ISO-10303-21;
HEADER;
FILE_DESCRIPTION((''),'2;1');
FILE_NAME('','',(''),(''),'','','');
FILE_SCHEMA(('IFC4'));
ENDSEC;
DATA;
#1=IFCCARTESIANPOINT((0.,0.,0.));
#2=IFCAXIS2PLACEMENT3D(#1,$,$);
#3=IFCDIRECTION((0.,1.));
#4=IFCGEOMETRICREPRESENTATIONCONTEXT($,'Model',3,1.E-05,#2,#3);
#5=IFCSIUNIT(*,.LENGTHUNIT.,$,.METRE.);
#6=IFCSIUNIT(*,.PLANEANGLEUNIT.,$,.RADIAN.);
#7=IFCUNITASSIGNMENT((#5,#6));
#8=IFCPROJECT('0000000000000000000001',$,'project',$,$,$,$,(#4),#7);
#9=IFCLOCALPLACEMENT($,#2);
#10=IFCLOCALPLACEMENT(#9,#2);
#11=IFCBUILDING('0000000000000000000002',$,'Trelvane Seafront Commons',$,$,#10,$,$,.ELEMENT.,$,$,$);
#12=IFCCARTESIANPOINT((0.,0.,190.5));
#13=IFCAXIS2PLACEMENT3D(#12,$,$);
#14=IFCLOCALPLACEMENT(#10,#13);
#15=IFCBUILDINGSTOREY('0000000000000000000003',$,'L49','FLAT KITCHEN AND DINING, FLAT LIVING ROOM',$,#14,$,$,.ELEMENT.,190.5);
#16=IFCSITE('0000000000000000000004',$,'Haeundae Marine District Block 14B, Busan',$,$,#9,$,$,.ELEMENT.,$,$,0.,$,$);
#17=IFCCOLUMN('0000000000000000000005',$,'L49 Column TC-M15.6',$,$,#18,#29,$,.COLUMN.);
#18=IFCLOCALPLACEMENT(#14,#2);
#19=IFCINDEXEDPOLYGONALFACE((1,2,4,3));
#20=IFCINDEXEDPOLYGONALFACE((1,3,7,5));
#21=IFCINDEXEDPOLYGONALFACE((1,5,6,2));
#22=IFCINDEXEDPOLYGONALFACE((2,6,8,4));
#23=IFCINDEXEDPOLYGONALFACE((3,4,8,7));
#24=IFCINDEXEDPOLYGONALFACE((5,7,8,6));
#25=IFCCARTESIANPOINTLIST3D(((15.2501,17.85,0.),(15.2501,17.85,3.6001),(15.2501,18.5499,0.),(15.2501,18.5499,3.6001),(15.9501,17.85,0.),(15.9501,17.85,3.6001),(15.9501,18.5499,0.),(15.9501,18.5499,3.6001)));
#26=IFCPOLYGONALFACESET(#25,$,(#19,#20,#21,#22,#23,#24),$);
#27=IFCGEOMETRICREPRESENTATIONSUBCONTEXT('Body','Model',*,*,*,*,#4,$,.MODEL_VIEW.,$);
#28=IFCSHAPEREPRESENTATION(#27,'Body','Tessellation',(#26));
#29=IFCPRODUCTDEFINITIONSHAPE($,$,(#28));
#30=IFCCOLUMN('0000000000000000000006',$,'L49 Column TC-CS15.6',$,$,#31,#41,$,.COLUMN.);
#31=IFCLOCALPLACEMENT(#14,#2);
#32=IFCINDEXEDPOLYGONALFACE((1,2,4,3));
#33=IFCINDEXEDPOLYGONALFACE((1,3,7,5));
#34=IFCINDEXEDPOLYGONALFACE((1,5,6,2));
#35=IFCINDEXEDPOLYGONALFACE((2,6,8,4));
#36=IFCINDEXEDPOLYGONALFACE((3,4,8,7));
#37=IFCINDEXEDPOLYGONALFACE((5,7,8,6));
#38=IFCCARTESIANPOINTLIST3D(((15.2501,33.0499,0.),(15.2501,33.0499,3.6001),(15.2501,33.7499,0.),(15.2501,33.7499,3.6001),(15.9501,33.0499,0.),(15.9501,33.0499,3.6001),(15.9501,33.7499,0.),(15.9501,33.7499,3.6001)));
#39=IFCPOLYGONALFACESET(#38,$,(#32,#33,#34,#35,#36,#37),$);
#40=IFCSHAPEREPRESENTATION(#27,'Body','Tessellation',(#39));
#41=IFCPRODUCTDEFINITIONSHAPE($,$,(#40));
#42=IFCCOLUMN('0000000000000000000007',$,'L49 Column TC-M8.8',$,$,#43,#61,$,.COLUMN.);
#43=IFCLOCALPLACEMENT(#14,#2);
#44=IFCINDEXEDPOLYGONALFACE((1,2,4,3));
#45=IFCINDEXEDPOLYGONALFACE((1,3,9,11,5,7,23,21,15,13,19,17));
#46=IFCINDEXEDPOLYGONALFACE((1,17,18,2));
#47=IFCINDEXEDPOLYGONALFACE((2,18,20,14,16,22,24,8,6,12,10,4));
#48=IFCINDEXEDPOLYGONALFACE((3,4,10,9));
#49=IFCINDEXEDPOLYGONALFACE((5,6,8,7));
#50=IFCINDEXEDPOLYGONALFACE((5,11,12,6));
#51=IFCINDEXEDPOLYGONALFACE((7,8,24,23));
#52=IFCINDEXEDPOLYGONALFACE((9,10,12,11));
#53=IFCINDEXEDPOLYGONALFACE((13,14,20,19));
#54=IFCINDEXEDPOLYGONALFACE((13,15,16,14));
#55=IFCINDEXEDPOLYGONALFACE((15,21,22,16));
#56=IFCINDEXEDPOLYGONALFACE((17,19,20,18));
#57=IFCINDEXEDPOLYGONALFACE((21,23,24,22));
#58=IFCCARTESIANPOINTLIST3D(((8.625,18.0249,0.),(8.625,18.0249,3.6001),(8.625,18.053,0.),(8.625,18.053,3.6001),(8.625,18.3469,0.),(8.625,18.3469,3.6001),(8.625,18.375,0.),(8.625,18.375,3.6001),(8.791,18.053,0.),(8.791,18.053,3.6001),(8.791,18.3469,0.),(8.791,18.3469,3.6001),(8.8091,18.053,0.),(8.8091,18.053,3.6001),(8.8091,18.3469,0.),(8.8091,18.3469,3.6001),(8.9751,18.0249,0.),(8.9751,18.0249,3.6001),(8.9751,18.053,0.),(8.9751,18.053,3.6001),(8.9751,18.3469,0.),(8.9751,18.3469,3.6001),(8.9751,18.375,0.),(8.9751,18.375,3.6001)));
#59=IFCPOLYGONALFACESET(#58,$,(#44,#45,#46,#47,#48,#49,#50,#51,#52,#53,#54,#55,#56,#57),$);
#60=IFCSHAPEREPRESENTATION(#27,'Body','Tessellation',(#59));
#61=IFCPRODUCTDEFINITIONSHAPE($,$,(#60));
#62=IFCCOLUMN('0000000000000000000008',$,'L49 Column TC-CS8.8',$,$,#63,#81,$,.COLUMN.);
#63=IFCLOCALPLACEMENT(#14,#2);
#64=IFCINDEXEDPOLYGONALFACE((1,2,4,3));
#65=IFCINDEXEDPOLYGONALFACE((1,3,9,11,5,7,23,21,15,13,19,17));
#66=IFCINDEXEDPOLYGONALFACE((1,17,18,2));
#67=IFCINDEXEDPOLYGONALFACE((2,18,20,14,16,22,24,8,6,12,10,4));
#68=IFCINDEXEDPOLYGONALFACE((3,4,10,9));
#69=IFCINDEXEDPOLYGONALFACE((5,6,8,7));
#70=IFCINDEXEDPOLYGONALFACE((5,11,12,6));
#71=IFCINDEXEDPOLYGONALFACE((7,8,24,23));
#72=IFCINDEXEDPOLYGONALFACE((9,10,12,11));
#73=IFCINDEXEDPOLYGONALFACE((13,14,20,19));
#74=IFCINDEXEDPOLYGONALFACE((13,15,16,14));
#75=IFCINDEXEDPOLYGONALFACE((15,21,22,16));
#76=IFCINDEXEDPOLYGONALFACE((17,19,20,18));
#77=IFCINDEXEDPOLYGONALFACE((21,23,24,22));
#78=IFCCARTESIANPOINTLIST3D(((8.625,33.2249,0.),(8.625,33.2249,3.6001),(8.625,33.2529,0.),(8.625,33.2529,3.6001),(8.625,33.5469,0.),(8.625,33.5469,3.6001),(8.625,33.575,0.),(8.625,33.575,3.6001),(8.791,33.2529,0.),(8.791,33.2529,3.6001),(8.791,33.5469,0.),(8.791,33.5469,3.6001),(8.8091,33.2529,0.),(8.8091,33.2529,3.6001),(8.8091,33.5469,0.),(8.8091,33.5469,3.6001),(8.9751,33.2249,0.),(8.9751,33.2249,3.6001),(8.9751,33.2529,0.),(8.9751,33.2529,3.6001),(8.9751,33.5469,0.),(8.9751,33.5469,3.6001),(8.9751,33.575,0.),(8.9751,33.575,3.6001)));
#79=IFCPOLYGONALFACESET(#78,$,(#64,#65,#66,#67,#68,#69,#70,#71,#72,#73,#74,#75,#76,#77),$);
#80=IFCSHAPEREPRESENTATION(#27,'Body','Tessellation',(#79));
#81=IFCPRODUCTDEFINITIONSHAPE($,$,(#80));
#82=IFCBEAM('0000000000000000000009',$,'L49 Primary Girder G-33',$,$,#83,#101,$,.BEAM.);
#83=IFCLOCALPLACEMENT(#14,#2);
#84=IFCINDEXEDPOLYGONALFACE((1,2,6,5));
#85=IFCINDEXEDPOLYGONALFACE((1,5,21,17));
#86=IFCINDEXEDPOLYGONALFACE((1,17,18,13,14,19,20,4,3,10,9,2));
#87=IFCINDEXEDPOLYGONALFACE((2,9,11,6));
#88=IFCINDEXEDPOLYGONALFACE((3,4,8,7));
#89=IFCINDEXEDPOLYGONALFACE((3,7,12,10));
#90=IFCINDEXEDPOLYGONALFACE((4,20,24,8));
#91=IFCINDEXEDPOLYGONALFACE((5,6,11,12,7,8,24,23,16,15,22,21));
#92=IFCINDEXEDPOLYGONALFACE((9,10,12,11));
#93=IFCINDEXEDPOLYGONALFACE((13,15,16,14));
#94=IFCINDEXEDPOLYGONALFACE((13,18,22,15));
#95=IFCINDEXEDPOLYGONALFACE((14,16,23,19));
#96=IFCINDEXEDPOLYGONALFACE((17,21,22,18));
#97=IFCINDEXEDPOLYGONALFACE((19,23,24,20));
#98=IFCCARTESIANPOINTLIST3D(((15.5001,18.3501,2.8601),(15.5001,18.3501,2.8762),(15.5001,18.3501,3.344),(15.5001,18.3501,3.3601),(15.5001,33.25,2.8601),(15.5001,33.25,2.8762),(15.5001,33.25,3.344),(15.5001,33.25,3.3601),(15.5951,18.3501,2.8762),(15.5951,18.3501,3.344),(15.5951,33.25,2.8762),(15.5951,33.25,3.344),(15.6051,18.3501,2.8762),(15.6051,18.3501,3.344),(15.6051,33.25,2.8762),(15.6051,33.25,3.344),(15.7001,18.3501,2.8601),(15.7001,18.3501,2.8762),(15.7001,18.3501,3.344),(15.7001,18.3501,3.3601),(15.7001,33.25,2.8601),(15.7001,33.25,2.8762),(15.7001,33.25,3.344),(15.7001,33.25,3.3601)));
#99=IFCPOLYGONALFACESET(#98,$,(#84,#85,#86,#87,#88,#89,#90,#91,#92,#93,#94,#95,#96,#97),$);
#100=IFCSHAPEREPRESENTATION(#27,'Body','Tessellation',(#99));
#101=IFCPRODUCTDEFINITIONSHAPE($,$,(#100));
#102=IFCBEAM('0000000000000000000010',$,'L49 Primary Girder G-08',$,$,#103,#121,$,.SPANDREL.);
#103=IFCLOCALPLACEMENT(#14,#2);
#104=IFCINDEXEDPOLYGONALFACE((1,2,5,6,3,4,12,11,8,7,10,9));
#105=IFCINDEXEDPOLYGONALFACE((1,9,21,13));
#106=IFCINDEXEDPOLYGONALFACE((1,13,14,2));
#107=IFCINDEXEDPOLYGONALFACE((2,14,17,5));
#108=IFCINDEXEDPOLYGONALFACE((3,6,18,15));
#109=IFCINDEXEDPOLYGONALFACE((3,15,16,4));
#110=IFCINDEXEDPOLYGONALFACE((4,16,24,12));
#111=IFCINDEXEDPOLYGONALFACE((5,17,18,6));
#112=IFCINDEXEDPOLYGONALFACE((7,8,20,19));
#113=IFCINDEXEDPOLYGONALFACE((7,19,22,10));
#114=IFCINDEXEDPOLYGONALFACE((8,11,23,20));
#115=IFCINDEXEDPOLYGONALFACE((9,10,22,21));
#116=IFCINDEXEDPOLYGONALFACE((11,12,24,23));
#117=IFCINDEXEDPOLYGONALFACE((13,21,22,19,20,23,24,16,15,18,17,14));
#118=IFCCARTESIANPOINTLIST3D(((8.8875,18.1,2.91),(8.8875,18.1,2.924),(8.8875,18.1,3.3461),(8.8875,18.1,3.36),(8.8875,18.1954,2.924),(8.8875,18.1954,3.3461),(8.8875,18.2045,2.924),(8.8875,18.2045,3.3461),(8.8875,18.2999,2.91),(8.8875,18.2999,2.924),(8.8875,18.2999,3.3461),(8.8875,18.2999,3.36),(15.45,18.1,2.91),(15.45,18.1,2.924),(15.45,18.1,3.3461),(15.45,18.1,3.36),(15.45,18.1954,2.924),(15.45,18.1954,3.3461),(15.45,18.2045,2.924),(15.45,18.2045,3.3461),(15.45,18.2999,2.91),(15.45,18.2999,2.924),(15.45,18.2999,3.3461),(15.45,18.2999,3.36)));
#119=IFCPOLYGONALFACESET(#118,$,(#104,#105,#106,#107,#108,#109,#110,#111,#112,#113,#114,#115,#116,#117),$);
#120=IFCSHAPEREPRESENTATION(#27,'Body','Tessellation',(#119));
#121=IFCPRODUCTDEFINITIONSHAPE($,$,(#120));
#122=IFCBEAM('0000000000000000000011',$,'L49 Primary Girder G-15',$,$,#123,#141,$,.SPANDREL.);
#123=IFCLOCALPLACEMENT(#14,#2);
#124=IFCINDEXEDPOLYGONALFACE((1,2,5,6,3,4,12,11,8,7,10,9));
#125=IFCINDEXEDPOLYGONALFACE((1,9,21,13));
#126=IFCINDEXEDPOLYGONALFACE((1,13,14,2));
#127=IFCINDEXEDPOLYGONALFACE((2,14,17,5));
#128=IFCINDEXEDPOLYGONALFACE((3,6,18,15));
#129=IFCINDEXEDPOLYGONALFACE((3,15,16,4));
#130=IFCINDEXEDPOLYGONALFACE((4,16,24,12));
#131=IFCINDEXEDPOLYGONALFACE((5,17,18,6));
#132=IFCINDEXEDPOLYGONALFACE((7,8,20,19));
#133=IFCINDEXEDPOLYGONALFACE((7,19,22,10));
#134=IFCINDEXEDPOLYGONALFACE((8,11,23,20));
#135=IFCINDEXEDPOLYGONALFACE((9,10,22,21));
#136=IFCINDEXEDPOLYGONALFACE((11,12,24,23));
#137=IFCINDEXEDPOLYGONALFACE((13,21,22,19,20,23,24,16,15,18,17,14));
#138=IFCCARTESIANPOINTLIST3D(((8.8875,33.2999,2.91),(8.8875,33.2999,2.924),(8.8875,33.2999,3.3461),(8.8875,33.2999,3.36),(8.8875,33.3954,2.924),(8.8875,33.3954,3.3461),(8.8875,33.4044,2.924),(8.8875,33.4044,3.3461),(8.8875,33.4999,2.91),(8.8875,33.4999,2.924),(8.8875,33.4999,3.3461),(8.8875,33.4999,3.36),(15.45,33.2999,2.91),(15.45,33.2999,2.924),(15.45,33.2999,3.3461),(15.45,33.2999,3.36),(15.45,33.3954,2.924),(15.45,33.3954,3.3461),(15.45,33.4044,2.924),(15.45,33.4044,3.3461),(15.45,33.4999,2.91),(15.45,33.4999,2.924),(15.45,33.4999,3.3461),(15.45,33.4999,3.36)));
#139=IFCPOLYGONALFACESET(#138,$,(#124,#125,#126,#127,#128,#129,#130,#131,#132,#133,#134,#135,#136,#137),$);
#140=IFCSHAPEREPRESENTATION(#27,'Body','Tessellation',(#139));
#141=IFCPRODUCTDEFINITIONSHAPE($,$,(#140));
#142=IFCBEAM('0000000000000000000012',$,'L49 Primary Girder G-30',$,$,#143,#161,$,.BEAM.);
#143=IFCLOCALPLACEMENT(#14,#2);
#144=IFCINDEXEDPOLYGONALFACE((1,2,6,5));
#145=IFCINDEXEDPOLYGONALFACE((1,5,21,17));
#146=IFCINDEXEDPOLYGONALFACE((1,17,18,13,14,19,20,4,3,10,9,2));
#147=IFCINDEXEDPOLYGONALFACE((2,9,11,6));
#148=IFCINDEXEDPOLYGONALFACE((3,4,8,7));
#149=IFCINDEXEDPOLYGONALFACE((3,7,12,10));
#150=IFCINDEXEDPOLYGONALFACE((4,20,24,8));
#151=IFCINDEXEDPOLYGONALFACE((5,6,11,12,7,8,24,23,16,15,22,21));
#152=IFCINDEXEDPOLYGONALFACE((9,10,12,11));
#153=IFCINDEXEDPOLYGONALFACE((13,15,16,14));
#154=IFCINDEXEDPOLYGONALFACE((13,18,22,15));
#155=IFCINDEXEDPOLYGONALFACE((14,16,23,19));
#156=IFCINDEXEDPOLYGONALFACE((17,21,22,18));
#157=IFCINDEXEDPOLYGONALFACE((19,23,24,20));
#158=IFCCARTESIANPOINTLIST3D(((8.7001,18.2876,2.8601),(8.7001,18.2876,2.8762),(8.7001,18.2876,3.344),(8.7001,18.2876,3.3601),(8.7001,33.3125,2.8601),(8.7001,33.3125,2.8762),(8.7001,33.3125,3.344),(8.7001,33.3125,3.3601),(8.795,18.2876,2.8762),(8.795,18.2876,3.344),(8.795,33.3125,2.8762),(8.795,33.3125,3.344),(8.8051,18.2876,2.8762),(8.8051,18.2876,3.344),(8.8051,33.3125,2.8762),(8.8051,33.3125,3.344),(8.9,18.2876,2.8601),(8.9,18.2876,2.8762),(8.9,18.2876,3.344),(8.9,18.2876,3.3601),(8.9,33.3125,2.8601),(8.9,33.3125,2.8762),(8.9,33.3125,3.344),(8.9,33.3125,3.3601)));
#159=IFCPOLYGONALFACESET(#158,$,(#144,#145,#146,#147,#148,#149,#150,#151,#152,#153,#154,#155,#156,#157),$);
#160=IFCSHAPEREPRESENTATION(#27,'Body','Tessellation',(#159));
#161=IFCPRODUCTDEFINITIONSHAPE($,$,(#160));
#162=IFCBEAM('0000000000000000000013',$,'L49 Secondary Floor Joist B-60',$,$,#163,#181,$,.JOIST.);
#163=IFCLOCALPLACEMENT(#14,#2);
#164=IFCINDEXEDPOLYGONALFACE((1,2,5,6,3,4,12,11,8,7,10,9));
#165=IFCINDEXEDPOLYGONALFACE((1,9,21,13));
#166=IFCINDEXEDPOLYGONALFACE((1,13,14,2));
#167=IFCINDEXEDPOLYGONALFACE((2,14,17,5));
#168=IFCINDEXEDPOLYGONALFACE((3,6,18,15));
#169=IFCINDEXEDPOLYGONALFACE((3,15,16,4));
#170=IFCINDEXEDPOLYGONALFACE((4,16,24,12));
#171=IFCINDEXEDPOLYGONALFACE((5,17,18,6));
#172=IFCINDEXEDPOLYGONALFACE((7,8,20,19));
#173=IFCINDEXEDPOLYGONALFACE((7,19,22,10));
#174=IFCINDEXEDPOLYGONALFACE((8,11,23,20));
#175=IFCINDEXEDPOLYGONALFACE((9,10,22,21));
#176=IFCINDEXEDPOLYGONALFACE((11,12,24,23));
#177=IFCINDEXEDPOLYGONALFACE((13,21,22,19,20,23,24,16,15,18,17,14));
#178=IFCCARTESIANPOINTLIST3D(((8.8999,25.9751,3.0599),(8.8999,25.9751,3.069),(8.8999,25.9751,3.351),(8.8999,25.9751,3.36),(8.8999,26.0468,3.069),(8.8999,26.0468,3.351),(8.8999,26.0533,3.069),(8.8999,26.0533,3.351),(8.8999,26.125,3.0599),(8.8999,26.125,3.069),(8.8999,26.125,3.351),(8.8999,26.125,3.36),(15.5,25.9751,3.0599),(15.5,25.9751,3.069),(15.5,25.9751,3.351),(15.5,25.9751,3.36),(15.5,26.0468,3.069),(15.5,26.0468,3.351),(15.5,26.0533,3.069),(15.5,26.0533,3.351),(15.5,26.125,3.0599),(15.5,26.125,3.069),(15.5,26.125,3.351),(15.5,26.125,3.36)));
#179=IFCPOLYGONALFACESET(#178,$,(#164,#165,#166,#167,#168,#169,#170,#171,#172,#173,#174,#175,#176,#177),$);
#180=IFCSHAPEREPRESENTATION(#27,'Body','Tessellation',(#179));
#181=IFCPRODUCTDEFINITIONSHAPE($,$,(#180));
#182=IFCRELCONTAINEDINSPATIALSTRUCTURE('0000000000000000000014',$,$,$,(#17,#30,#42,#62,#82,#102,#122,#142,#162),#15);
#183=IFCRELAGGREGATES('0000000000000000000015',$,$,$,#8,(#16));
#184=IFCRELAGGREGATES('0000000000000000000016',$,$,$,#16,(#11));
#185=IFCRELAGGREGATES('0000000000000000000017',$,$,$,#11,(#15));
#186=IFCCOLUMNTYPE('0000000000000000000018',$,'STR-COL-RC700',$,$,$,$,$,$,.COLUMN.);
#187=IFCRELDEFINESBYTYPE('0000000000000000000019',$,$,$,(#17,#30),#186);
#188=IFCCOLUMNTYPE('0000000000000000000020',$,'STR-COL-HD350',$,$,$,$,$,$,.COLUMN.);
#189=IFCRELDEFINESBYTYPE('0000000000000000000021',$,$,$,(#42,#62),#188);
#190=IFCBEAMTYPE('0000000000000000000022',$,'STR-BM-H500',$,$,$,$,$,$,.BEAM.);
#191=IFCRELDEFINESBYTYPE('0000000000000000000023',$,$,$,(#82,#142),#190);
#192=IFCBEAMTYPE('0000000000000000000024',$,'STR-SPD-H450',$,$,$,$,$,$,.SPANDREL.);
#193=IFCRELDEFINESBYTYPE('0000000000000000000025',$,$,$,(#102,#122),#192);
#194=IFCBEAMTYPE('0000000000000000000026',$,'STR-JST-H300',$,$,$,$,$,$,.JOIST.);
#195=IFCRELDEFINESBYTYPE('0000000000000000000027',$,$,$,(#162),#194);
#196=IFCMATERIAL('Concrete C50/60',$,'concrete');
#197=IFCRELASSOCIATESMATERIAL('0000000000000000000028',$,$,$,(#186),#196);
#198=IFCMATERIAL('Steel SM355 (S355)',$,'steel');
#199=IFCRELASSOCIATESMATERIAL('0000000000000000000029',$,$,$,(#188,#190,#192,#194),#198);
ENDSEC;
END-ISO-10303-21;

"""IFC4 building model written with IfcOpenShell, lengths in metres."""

from ifc_helpers import new_model, si_unit, direction, frame, origin, origin_2d, place, context, subcontext, project, spatial, rectangle, i_section, extrude, source, transform, mapped, material, material_profile, profile_set, type_object, element, save


model = new_model("IFC4")

# Units and contexts
model_context = context("Model", 3, precision=1e-05, world=origin(), true_north=direction((0.0, 1.0)))
body_context = subcontext(model_context, "Body", "Model", "MODEL_VIEW")
ifc_project = project(units=[si_unit("LENGTHUNIT", "METRE"), si_unit("PLANEANGLEUNIT", "RADIAN")], contexts=[model_context])

# Site, building, storey
site_placement = place(None, origin())
site = spatial("IfcSite", under=ifc_project, at=site_placement, Name="Haeundae Marine District Block 14B, Busan", CompositionType="ELEMENT", RefElevation=0.0)
building_placement = place(site_placement, origin())
building = spatial("IfcBuilding", under=site, at=building_placement, Name="Trelvane Seafront Commons", CompositionType="ELEMENT")
storey_placement = place(building_placement, frame((0.0, 0.0, 190.5)))
storey = spatial("IfcBuildingStorey", under=building, at=storey_placement, Name="L49", Description="FLAT KITCHEN AND DINING, FLAT LIVING ROOM", CompositionType="ELEMENT", Elevation=190.5)

# Columns
ifc_material_1 = material(Name="Concrete C50/60", Category="concrete")
ifc_material_profile_1 = material_profile(ifc_material_1, rectangle(XDim=0.7, YDim=0.7, at=origin_2d()), Name="RC-700x700")
ifc_profile_set_1 = profile_set([ifc_material_profile_1], Name="Concrete C50/60")
column_type_1 = type_object("IfcColumnType", Name="STR-COL-RC700", PredefinedType="COLUMN", material=ifc_profile_set_1)
shared_shape_1 = source(origin(), body_context, "Body", "SweptSolid", [
    extrude(rectangle(XDim=0.7, YDim=0.7, at=origin_2d()), origin(), (0.0, 0.0, 1.0), 3.6001),
])
for number, where, z_axis, x_axis, name in (
    (1, (15.6001, 18.2, 0.0), (0.0, 0.0, 1.0), (1.0, 0.0, 0.0), "L49 Column TC-M15.6"),
    (2, (15.6001, 33.3999, 0.0), (0.0, 0.0, 1.0), (1.0, 0.0, 0.0), "L49 Column TC-CS15.6"),
):
    element("IfcColumn", number, at=place(storey_placement, frame(where, z_axis=z_axis, x_axis=x_axis)), inside=storey, type_object=column_type_1, Name=name, PredefinedType="COLUMN", context=body_context, shape_type="MappedRepresentation", body=[
        mapped(shared_shape_1, transform((0.0, 0.0, 0.0), x_axis=(1.0, 0.0, 0.0), y_axis=(0.0, 1.0, 0.0), z_axis=(0.0, 0.0, 1.0), scale=1.0)),
    ])
ifc_material_2 = material(Name="Steel SM355 (S355)", Category="steel")
ifc_material_profile_2 = material_profile(ifc_material_2, i_section(OverallWidth=0.3501, OverallDepth=0.3501, WebThickness=0.0181, FlangeThickness=0.0281, at=origin_2d()), Name="HD-350x350x18x28")
ifc_profile_set_2 = profile_set([ifc_material_profile_2], Name="Steel SM355 (S355)")
column_type_2 = type_object("IfcColumnType", Name="STR-COL-HD350", PredefinedType="COLUMN", material=ifc_profile_set_2)
shared_shape_2 = source(origin(), body_context, "Body", "SweptSolid", [
    extrude(i_section(OverallWidth=0.3501, OverallDepth=0.3501, WebThickness=0.0181, FlangeThickness=0.0281, at=origin_2d()), origin(), (0.0, 0.0, 1.0), 3.6001),
])
for number, where, z_axis, x_axis, name in (
    (3, (8.8, 18.2, 0.0), (0.0, 0.0, 1.0), (1.0, 0.0, 0.0), "L49 Column TC-M8.8"),
    (4, (8.8, 33.3999, 0.0), (0.0, 0.0, 1.0), (1.0, 0.0, 0.0), "L49 Column TC-CS8.8"),
):
    element("IfcColumn", number, at=place(storey_placement, frame(where, z_axis=z_axis, x_axis=x_axis)), inside=storey, type_object=column_type_2, Name=name, PredefinedType="COLUMN", context=body_context, shape_type="MappedRepresentation", body=[
        mapped(shared_shape_2, transform((0.0, 0.0, 0.0), x_axis=(1.0, 0.0, 0.0), y_axis=(0.0, 1.0, 0.0), z_axis=(0.0, 0.0, 1.0), scale=1.0)),
    ])

# Beams
ifc_material_profile_3 = material_profile(ifc_material_2, i_section(OverallWidth=0.2, OverallDepth=0.5, WebThickness=0.01, FlangeThickness=0.0161, at=origin_2d()), Name="H-500x200x10x16")
ifc_profile_set_3 = profile_set([ifc_material_profile_3], Name="Steel SM355 (S355)")
beam_type_1 = type_object("IfcBeamType", Name="STR-BM-H500", PredefinedType="BEAM", material=ifc_profile_set_3)
shared_shape_3 = source(origin(), body_context, "Body", "SweptSolid", [
    extrude(i_section(OverallWidth=0.2, OverallDepth=0.5, WebThickness=0.01, FlangeThickness=0.0161, at=origin_2d()), origin(), (0.0, 0.0, 1.0), 14.8999),
])
beam_1_placement = place(storey_placement, frame((15.6001, 18.3501, 3.1101), z_axis=(0.0, 1.0, 0.0), x_axis=(-1.0, 0.0, 0.0)))
element("IfcBeam", 5, at=beam_1_placement, inside=storey, type_object=beam_type_1, Name="L49 Primary Girder G-33", PredefinedType="BEAM", context=body_context, shape_type="MappedRepresentation", body=[
    mapped(shared_shape_3, transform((0.0, 0.0, 0.0), x_axis=(1.0, 0.0, 0.0), y_axis=(0.0, 1.0, 0.0), z_axis=(0.0, 0.0, 1.0), scale=1.0)),
])
ifc_material_profile_4 = material_profile(ifc_material_2, i_section(OverallWidth=0.2, OverallDepth=0.45, WebThickness=0.009, FlangeThickness=0.0139, at=origin_2d()), Name="H-450x200x9x14")
ifc_profile_set_4 = profile_set([ifc_material_profile_4], Name="Steel SM355 (S355)")
beam_type_2 = type_object("IfcBeamType", Name="STR-SPD-H450", PredefinedType="SPANDREL", material=ifc_profile_set_4)
shared_shape_4 = source(origin(), body_context, "Body", "SweptSolid", [
    extrude(i_section(OverallWidth=0.2, OverallDepth=0.45, WebThickness=0.009, FlangeThickness=0.0139, at=origin_2d()), origin(), (0.0, 0.0, 1.0), 6.5625),
])
for number, where, z_axis, x_axis, name in (
    (6, (8.8875, 18.2, 3.135), (1.0, 0.0, 0.0), (0.0, 1.0, 0.0), "L49 Primary Girder G-08"),
    (7, (8.8875, 33.3999, 3.135), (1.0, 0.0, 0.0), (0.0, 1.0, 0.0), "L49 Primary Girder G-15"),
):
    element("IfcBeam", number, at=place(storey_placement, frame(where, z_axis=z_axis, x_axis=x_axis)), inside=storey, type_object=beam_type_2, Name=name, PredefinedType="SPANDREL", context=body_context, shape_type="MappedRepresentation", body=[
        mapped(shared_shape_4, transform((0.0, 0.0, 0.0), x_axis=(1.0, 0.0, 0.0), y_axis=(0.0, 1.0, 0.0), z_axis=(0.0, 0.0, 1.0), scale=1.0)),
    ])
shared_shape_5 = source(origin(), body_context, "Body", "SweptSolid", [
    extrude(i_section(OverallWidth=0.2, OverallDepth=0.5, WebThickness=0.01, FlangeThickness=0.0161, at=origin_2d()), origin(), (0.0, 0.0, 1.0), 15.0249),
])
beam_2_placement = place(storey_placement, frame((8.8, 18.2876, 3.1101), z_axis=(0.0, 1.0, 0.0), x_axis=(-1.0, 0.0, 0.0)))
element("IfcBeam", 8, at=beam_2_placement, inside=storey, type_object=beam_type_1, Name="L49 Primary Girder G-30", PredefinedType="BEAM", context=body_context, shape_type="MappedRepresentation", body=[
    mapped(shared_shape_5, transform((0.0, 0.0, 0.0), x_axis=(1.0, 0.0, 0.0), y_axis=(0.0, 1.0, 0.0), z_axis=(0.0, 0.0, 1.0), scale=1.0)),
])
ifc_material_profile_5 = material_profile(ifc_material_2, i_section(OverallWidth=0.1499, OverallDepth=0.3, WebThickness=0.0066, FlangeThickness=0.009, at=origin_2d()), Name="H-300x150x6.5x9")
ifc_profile_set_5 = profile_set([ifc_material_profile_5], Name="Steel SM355 (S355)")
beam_type_3 = type_object("IfcBeamType", Name="STR-JST-H300", PredefinedType="JOIST", material=ifc_profile_set_5)
shared_shape_6 = source(origin(), body_context, "Body", "SweptSolid", [
    extrude(i_section(OverallWidth=0.1499, OverallDepth=0.3, WebThickness=0.0066, FlangeThickness=0.009, at=origin_2d()), origin(), (0.0, 0.0, 1.0), 6.6001),
])
beam_3_placement = place(storey_placement, frame((8.8999, 26.05, 3.21), z_axis=(1.0, 0.0, 0.0), x_axis=(0.0, 1.0, 0.0)))
element("IfcBeam", 9, at=beam_3_placement, inside=storey, type_object=beam_type_3, Name="L49 Secondary Floor Joist B-60", PredefinedType="JOIST", context=body_context, shape_type="MappedRepresentation", body=[
    mapped(shared_shape_6, transform((0.0, 0.0, 0.0), x_axis=(1.0, 0.0, 0.0), y_axis=(0.0, 1.0, 0.0), z_axis=(0.0, 0.0, 1.0), scale=1.0)),
])

save(model, "model.ifc")
